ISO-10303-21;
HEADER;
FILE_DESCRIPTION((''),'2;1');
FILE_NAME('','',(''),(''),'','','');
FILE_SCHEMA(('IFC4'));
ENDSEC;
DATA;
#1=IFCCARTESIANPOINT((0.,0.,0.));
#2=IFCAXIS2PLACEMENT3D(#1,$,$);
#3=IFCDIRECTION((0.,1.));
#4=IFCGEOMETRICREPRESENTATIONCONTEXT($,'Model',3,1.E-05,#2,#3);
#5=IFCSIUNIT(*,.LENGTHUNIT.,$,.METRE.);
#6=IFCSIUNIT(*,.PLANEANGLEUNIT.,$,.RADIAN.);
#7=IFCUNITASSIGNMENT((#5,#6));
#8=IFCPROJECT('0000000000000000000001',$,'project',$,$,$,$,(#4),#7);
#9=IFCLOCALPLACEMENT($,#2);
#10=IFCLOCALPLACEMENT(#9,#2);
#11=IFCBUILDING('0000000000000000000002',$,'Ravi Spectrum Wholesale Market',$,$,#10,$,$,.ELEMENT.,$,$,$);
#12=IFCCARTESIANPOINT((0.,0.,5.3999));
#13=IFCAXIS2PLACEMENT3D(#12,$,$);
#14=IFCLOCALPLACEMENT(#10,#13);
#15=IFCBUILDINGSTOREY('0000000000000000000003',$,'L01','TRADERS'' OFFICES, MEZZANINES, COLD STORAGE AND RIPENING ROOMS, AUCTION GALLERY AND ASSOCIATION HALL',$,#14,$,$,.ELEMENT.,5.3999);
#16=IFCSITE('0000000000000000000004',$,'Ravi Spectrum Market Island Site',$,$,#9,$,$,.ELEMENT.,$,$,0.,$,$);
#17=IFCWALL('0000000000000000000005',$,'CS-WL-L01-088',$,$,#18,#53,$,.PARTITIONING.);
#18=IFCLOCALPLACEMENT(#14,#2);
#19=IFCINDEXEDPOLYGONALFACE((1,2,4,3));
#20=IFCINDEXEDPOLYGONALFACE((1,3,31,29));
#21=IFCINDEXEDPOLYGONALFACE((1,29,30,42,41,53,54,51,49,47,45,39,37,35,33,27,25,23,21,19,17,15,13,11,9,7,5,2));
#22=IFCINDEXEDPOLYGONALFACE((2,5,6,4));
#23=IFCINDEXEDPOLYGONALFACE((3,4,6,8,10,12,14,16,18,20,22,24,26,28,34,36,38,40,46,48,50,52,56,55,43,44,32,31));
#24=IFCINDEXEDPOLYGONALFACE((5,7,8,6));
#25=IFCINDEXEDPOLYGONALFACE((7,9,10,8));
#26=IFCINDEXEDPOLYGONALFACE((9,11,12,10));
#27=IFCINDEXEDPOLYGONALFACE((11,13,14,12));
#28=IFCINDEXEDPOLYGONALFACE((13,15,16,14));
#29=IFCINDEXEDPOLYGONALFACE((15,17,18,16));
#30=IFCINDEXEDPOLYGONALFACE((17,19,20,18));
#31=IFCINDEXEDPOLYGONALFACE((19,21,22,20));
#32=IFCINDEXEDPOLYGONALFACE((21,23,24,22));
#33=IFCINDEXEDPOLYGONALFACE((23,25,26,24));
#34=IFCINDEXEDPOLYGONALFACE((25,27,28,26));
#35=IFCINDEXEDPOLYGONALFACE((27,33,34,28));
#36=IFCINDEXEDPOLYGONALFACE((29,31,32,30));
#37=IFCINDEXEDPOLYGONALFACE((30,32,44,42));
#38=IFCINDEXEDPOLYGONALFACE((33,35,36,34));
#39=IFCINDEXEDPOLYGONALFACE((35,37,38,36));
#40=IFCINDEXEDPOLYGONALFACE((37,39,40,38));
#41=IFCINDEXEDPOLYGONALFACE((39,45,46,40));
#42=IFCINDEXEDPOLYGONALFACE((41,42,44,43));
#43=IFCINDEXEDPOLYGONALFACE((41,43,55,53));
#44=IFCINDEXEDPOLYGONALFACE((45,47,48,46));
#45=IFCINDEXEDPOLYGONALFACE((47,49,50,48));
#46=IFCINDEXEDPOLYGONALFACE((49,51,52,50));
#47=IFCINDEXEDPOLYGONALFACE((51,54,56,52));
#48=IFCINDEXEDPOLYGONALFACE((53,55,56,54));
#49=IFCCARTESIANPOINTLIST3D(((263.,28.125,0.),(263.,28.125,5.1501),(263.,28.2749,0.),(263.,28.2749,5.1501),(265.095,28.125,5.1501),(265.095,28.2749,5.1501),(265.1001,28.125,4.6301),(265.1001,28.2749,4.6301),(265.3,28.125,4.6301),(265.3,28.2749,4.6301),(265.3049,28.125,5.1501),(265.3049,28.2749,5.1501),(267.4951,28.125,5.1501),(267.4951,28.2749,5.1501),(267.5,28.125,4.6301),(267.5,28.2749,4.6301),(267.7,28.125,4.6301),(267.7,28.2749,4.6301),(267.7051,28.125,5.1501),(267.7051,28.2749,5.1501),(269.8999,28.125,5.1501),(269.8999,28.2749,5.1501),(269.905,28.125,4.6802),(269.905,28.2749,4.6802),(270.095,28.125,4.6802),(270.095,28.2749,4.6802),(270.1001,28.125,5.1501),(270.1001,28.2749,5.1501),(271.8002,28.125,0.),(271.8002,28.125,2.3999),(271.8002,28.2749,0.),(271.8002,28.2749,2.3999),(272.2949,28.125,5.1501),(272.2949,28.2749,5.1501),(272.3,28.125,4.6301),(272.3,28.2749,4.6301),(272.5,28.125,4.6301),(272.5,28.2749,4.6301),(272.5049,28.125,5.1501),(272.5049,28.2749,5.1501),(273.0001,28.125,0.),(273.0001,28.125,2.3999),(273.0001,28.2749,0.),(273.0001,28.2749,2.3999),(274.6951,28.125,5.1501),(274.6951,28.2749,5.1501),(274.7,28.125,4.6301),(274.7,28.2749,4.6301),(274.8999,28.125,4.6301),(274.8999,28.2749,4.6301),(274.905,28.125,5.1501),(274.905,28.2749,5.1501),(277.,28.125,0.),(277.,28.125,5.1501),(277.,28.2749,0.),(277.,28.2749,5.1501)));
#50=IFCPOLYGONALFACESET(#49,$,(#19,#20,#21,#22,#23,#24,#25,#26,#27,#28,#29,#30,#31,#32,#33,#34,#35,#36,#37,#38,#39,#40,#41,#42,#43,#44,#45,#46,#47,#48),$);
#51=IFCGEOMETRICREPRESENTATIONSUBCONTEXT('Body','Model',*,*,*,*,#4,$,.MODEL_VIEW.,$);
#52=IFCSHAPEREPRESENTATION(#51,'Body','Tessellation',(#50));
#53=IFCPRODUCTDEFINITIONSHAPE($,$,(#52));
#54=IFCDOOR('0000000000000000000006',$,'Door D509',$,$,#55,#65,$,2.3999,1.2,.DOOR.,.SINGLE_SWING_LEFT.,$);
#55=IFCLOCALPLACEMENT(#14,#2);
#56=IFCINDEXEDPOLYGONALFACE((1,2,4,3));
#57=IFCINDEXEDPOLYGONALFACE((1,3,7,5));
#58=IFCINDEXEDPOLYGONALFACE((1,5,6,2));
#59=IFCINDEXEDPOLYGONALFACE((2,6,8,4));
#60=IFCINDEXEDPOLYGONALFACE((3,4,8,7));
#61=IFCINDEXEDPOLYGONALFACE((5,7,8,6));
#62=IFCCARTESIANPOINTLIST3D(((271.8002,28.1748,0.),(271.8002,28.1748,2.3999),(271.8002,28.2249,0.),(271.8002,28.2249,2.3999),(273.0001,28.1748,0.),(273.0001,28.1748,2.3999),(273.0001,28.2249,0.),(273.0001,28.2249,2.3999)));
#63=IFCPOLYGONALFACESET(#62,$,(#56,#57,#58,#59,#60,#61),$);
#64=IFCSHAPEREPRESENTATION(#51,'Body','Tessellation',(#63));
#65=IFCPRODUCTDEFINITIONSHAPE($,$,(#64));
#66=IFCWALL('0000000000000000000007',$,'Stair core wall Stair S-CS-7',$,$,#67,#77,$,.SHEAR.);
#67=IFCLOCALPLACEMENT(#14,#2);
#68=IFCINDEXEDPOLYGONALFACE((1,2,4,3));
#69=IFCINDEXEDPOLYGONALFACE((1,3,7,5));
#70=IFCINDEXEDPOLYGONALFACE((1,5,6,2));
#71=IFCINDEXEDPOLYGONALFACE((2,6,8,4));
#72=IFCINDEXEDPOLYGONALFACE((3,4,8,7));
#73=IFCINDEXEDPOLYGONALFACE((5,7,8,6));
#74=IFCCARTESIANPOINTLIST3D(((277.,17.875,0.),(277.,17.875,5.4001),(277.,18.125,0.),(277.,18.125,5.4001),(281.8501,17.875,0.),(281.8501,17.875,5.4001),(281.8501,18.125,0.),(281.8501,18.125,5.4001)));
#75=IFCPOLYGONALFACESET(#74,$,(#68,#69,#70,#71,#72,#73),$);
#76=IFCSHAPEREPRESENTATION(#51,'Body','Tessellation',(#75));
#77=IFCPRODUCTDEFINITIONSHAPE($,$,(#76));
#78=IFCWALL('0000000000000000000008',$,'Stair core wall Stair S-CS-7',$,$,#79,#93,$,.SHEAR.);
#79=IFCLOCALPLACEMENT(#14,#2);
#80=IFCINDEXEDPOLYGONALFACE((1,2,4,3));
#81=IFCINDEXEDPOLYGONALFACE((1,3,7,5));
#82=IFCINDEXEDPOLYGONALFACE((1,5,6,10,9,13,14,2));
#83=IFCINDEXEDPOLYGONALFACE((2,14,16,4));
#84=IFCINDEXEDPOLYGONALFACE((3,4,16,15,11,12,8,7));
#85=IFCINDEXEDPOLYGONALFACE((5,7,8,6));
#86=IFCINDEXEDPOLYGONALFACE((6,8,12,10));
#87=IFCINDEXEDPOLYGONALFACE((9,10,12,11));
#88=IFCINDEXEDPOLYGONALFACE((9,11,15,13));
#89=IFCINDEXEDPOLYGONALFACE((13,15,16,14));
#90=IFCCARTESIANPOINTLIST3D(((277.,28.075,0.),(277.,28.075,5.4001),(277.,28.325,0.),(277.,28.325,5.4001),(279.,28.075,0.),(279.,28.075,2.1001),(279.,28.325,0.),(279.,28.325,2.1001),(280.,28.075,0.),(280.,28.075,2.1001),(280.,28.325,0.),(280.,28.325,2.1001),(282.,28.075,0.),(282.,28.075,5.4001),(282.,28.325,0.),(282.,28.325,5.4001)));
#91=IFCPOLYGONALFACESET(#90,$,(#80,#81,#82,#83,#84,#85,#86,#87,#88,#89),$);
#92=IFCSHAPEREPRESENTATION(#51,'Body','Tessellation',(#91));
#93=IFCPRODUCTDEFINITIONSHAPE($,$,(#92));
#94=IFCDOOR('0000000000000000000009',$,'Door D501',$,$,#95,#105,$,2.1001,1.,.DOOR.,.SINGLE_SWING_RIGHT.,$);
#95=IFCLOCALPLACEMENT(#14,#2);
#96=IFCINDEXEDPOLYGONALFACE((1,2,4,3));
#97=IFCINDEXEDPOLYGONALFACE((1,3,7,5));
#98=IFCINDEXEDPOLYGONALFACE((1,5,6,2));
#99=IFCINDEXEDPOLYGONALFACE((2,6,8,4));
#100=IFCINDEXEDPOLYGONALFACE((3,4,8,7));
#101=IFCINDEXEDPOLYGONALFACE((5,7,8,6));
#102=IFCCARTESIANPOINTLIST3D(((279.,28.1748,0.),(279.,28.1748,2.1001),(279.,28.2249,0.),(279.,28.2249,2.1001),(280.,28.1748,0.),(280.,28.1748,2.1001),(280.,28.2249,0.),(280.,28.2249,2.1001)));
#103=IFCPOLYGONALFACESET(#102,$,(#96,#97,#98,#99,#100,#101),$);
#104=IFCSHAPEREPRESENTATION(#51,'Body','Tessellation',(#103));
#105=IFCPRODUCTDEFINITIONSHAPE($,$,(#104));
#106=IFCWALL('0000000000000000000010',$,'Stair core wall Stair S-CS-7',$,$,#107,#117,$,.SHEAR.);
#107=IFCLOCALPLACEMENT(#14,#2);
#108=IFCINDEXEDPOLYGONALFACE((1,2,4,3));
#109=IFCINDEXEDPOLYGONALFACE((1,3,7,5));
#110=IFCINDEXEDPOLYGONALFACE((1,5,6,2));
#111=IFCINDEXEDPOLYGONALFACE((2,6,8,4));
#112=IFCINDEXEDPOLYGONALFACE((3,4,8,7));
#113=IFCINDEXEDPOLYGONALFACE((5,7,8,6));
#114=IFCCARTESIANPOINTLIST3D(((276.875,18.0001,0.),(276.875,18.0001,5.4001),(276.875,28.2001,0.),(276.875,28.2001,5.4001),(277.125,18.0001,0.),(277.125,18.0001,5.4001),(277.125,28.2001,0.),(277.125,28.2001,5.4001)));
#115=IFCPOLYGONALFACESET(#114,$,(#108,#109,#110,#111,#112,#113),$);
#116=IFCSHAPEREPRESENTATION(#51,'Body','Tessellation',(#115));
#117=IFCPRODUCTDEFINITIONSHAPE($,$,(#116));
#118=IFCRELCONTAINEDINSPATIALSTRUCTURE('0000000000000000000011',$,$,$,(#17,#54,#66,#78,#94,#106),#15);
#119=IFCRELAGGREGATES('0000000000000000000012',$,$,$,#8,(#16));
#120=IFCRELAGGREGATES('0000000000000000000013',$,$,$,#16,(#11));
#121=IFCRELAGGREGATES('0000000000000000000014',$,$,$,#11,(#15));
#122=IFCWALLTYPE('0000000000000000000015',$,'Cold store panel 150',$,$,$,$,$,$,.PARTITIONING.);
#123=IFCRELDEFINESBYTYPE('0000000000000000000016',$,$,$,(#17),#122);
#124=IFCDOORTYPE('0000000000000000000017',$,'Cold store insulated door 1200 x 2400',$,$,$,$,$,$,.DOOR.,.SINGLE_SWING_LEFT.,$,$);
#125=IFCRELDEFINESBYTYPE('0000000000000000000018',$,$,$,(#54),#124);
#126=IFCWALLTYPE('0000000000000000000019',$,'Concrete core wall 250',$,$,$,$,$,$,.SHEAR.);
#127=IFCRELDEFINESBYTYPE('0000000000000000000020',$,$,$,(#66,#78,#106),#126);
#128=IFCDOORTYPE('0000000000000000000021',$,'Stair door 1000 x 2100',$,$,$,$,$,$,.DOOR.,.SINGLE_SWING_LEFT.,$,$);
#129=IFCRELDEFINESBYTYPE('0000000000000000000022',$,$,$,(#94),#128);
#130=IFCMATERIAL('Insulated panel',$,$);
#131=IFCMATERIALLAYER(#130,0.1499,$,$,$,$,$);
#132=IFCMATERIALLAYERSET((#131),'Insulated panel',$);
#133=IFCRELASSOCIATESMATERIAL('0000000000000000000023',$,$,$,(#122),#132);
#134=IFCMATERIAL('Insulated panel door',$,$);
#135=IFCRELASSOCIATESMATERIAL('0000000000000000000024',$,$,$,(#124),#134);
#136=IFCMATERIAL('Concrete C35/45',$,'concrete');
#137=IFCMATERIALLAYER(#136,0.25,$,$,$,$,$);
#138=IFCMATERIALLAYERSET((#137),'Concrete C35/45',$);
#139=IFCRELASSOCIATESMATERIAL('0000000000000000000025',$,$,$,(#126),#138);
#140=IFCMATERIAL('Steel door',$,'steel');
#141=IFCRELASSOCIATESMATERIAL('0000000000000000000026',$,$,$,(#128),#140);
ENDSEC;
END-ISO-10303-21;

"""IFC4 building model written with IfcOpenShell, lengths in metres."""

from ifc_helpers import new_model, si_unit, direction, frame, frame_2d, origin, place, context, subcontext, project, spatial, polyline, rectangle, outline, extrude, material, layer, layer_set, type_object, element, fill, save


model = new_model("IFC4")

# Units and contexts
model_context = context("Model", 3, precision=1e-05, world=origin(), true_north=direction((0.0, 1.0)))
body_context = subcontext(model_context, "Body", "Model", "MODEL_VIEW")
ifc_project = project(units=[si_unit("LENGTHUNIT", "METRE"), si_unit("PLANEANGLEUNIT", "RADIAN")], contexts=[model_context])

# Site, building, storey
site_placement = place(None, origin())
site = spatial("IfcSite", under=ifc_project, at=site_placement, Name="Ravi Spectrum Market Island Site", CompositionType="ELEMENT", RefElevation=0.0)
building_placement = place(site_placement, origin())
building = spatial("IfcBuilding", under=site, at=building_placement, Name="Ravi Spectrum Wholesale Market", CompositionType="ELEMENT")
storey_placement = place(building_placement, frame((0.0, 0.0, 5.3999)))
storey = spatial("IfcBuildingStorey", under=building, at=storey_placement, Name="L01", Description="TRADERS' OFFICES, MEZZANINES, COLD STORAGE AND RIPENING ROOMS, AUCTION GALLERY AND ASSOCIATION HALL", CompositionType="ELEMENT", Elevation=5.3999)

# Wall, opening, door
ifc_material_1 = material(Name="Insulated panel")
ifc_layer_1 = layer(ifc_material_1, 0.1499)
ifc_layer_set_1 = layer_set([ifc_layer_1], Name="Insulated panel")
wall_type_1 = type_object("IfcWallType", Name="Cold store panel 150", PredefinedType="PARTITIONING", material=ifc_layer_set_1)
wall_1_placement = place(storey_placement, frame((263.0, 28.2, 0.0), z_axis=(0.0, 0.0, 1.0), x_axis=(1.0, 0.0, 0.0)))
wall_1 = element("IfcWall", 1, at=wall_1_placement, inside=storey, type_object=wall_type_1, Name="CS-WL-L01-088", PredefinedType="PARTITIONING", context=body_context, shape_type="SweptSolid", body=[
    extrude(outline(polyline([(0.0, 0.0), (14.0, 0.0), (14.0, 5.1501), (11.905, 5.1501), (11.8999, 4.6301), (11.7, 4.6301), (11.6951, 5.1501), (9.5049, 5.1501), (9.5, 4.6301), (9.3, 4.6301), (9.2949, 5.1501), (7.1001, 5.1501), (7.095, 4.6802), (6.905, 4.6802), (6.8999, 5.1501), (4.7051, 5.1501), (4.7, 4.6301), (4.5, 4.6301), (4.4951, 5.1501), (2.3049, 5.1501), (2.3, 4.6301), (2.1001, 4.6301), (2.095, 5.1501), (0.0, 5.1501), (0.0, 0.0)])), frame((0.0, 0.075, 0.0), z_axis=(0.0, -1.0, 0.0), x_axis=(1.0, 0.0, 0.0)), (0.0, 0.0, 1.0), 0.1499),
])
opening_1_placement = place(wall_1_placement, frame((8.8, 0.0, 0.0)))
opening_1 = element("IfcOpeningElement", 2, at=opening_1_placement, cuts=wall_1, PredefinedType="OPENING", context=body_context, shape_type="SweptSolid", body=[
    extrude(rectangle(XDim=1.2, YDim=2.3999, at=frame_2d((0.6001, 1.2))), frame((0.0, 0.085, 0.0), z_axis=(0.0, -1.0, 0.0), x_axis=(1.0, 0.0, 0.0)), (0.0, 0.0, 1.0), 0.1699),
])
ifc_material_2 = material(Name="Insulated panel door")
door_type_1 = type_object("IfcDoorType", Name="Cold store insulated door 1200 x 2400", OperationType="SINGLE_SWING_LEFT", PredefinedType="DOOR", material=ifc_material_2)
door_1_placement = place(opening_1_placement, origin())
door_1 = element("IfcDoor", 3, at=door_1_placement, inside=storey, type_object=door_type_1, Name="Door D509", OperationType="SINGLE_SWING_LEFT", OverallHeight=2.3999, OverallWidth=1.2, PredefinedType="DOOR", context=body_context, shape_type="SweptSolid", body=[
    extrude(rectangle(XDim=1.2, YDim=2.3999, at=frame_2d((0.6001, 1.2))), frame((0.0, 0.0249, 0.0), z_axis=(0.0, -1.0, 0.0), x_axis=(1.0, 0.0, 0.0)), (0.0, 0.0, 1.0), 0.05),
])
fill(opening_1, door_1)

# Wall
ifc_material_3 = material(Name="Concrete C35/45", Category="concrete")
ifc_layer_2 = layer(ifc_material_3, 0.25)
ifc_layer_set_2 = layer_set([ifc_layer_2], Name="Concrete C35/45")
wall_type_2 = type_object("IfcWallType", Name="Concrete core wall 250", PredefinedType="SHEAR", material=ifc_layer_set_2)
wall_2_placement = place(storey_placement, frame((277.0, 18.0, 0.0), z_axis=(0.0, 0.0, 1.0), x_axis=(1.0, 0.0, 0.0)))
element("IfcWall", 4, at=wall_2_placement, inside=storey, type_object=wall_type_2, Name="Stair core wall Stair S-CS-7", PredefinedType="SHEAR", context=body_context, shape_type="SweptSolid", body=[
    extrude(rectangle(XDim=4.8501, YDim=0.25, at=frame_2d((2.425, 0.0))), origin(), (0.0, 0.0, 1.0), 5.4001),
])

# Wall, opening, door
wall_3_placement = place(storey_placement, frame((277.0, 28.2, 0.0), z_axis=(0.0, 0.0, 1.0), x_axis=(1.0, 0.0, 0.0)))
wall_3 = element("IfcWall", 5, at=wall_3_placement, inside=storey, type_object=wall_type_2, Name="Stair core wall Stair S-CS-7", PredefinedType="SHEAR", context=body_context, shape_type="SweptSolid", body=[
    extrude(rectangle(XDim=5.0, YDim=0.25, at=frame_2d((2.5, 0.0))), origin(), (0.0, 0.0, 1.0), 5.4001),
])
opening_2_placement = place(wall_3_placement, frame((2.0, 0.0, 0.0)))
opening_2 = element("IfcOpeningElement", 6, at=opening_2_placement, cuts=wall_3, PredefinedType="OPENING", context=body_context, shape_type="SweptSolid", body=[
    extrude(rectangle(XDim=1.0, YDim=2.1001, at=frame_2d((0.5, 1.05))), frame((0.0, 0.135, 0.0), z_axis=(0.0, -1.0, 0.0), x_axis=(1.0, 0.0, 0.0)), (0.0, 0.0, 1.0), 0.27),
])
ifc_material_4 = material(Name="Steel door", Category="steel")
door_type_2 = type_object("IfcDoorType", Name="Stair door 1000 x 2100", OperationType="SINGLE_SWING_LEFT", PredefinedType="DOOR", material=ifc_material_4)
door_2_placement = place(opening_2_placement, origin())
door_2 = element("IfcDoor", 7, at=door_2_placement, inside=storey, type_object=door_type_2, Name="Door D501", OperationType="SINGLE_SWING_RIGHT", OverallHeight=2.1001, OverallWidth=1.0, PredefinedType="DOOR", context=body_context, shape_type="SweptSolid", body=[
    extrude(rectangle(XDim=1.0, YDim=2.1001, at=frame_2d((0.5, 1.05))), frame((0.0, 0.0249, 0.0), z_axis=(0.0, -1.0, 0.0), x_axis=(1.0, 0.0, 0.0)), (0.0, 0.0, 1.0), 0.05),
])
fill(opening_2, door_2)

# Wall
wall_4_placement = place(storey_placement, frame((277.0, 18.0, 0.0), z_axis=(0.0, 0.0, 1.0), x_axis=(0.0, 1.0, 0.0)))
element("IfcWall", 8, at=wall_4_placement, inside=storey, type_object=wall_type_2, Name="Stair core wall Stair S-CS-7", PredefinedType="SHEAR", context=body_context, shape_type="SweptSolid", body=[
    extrude(rectangle(XDim=10.2, YDim=0.25, at=frame_2d((5.1001, 0.0))), origin(), (0.0, 0.0, 1.0), 5.4001),
])

save(model, "model.ifc")
